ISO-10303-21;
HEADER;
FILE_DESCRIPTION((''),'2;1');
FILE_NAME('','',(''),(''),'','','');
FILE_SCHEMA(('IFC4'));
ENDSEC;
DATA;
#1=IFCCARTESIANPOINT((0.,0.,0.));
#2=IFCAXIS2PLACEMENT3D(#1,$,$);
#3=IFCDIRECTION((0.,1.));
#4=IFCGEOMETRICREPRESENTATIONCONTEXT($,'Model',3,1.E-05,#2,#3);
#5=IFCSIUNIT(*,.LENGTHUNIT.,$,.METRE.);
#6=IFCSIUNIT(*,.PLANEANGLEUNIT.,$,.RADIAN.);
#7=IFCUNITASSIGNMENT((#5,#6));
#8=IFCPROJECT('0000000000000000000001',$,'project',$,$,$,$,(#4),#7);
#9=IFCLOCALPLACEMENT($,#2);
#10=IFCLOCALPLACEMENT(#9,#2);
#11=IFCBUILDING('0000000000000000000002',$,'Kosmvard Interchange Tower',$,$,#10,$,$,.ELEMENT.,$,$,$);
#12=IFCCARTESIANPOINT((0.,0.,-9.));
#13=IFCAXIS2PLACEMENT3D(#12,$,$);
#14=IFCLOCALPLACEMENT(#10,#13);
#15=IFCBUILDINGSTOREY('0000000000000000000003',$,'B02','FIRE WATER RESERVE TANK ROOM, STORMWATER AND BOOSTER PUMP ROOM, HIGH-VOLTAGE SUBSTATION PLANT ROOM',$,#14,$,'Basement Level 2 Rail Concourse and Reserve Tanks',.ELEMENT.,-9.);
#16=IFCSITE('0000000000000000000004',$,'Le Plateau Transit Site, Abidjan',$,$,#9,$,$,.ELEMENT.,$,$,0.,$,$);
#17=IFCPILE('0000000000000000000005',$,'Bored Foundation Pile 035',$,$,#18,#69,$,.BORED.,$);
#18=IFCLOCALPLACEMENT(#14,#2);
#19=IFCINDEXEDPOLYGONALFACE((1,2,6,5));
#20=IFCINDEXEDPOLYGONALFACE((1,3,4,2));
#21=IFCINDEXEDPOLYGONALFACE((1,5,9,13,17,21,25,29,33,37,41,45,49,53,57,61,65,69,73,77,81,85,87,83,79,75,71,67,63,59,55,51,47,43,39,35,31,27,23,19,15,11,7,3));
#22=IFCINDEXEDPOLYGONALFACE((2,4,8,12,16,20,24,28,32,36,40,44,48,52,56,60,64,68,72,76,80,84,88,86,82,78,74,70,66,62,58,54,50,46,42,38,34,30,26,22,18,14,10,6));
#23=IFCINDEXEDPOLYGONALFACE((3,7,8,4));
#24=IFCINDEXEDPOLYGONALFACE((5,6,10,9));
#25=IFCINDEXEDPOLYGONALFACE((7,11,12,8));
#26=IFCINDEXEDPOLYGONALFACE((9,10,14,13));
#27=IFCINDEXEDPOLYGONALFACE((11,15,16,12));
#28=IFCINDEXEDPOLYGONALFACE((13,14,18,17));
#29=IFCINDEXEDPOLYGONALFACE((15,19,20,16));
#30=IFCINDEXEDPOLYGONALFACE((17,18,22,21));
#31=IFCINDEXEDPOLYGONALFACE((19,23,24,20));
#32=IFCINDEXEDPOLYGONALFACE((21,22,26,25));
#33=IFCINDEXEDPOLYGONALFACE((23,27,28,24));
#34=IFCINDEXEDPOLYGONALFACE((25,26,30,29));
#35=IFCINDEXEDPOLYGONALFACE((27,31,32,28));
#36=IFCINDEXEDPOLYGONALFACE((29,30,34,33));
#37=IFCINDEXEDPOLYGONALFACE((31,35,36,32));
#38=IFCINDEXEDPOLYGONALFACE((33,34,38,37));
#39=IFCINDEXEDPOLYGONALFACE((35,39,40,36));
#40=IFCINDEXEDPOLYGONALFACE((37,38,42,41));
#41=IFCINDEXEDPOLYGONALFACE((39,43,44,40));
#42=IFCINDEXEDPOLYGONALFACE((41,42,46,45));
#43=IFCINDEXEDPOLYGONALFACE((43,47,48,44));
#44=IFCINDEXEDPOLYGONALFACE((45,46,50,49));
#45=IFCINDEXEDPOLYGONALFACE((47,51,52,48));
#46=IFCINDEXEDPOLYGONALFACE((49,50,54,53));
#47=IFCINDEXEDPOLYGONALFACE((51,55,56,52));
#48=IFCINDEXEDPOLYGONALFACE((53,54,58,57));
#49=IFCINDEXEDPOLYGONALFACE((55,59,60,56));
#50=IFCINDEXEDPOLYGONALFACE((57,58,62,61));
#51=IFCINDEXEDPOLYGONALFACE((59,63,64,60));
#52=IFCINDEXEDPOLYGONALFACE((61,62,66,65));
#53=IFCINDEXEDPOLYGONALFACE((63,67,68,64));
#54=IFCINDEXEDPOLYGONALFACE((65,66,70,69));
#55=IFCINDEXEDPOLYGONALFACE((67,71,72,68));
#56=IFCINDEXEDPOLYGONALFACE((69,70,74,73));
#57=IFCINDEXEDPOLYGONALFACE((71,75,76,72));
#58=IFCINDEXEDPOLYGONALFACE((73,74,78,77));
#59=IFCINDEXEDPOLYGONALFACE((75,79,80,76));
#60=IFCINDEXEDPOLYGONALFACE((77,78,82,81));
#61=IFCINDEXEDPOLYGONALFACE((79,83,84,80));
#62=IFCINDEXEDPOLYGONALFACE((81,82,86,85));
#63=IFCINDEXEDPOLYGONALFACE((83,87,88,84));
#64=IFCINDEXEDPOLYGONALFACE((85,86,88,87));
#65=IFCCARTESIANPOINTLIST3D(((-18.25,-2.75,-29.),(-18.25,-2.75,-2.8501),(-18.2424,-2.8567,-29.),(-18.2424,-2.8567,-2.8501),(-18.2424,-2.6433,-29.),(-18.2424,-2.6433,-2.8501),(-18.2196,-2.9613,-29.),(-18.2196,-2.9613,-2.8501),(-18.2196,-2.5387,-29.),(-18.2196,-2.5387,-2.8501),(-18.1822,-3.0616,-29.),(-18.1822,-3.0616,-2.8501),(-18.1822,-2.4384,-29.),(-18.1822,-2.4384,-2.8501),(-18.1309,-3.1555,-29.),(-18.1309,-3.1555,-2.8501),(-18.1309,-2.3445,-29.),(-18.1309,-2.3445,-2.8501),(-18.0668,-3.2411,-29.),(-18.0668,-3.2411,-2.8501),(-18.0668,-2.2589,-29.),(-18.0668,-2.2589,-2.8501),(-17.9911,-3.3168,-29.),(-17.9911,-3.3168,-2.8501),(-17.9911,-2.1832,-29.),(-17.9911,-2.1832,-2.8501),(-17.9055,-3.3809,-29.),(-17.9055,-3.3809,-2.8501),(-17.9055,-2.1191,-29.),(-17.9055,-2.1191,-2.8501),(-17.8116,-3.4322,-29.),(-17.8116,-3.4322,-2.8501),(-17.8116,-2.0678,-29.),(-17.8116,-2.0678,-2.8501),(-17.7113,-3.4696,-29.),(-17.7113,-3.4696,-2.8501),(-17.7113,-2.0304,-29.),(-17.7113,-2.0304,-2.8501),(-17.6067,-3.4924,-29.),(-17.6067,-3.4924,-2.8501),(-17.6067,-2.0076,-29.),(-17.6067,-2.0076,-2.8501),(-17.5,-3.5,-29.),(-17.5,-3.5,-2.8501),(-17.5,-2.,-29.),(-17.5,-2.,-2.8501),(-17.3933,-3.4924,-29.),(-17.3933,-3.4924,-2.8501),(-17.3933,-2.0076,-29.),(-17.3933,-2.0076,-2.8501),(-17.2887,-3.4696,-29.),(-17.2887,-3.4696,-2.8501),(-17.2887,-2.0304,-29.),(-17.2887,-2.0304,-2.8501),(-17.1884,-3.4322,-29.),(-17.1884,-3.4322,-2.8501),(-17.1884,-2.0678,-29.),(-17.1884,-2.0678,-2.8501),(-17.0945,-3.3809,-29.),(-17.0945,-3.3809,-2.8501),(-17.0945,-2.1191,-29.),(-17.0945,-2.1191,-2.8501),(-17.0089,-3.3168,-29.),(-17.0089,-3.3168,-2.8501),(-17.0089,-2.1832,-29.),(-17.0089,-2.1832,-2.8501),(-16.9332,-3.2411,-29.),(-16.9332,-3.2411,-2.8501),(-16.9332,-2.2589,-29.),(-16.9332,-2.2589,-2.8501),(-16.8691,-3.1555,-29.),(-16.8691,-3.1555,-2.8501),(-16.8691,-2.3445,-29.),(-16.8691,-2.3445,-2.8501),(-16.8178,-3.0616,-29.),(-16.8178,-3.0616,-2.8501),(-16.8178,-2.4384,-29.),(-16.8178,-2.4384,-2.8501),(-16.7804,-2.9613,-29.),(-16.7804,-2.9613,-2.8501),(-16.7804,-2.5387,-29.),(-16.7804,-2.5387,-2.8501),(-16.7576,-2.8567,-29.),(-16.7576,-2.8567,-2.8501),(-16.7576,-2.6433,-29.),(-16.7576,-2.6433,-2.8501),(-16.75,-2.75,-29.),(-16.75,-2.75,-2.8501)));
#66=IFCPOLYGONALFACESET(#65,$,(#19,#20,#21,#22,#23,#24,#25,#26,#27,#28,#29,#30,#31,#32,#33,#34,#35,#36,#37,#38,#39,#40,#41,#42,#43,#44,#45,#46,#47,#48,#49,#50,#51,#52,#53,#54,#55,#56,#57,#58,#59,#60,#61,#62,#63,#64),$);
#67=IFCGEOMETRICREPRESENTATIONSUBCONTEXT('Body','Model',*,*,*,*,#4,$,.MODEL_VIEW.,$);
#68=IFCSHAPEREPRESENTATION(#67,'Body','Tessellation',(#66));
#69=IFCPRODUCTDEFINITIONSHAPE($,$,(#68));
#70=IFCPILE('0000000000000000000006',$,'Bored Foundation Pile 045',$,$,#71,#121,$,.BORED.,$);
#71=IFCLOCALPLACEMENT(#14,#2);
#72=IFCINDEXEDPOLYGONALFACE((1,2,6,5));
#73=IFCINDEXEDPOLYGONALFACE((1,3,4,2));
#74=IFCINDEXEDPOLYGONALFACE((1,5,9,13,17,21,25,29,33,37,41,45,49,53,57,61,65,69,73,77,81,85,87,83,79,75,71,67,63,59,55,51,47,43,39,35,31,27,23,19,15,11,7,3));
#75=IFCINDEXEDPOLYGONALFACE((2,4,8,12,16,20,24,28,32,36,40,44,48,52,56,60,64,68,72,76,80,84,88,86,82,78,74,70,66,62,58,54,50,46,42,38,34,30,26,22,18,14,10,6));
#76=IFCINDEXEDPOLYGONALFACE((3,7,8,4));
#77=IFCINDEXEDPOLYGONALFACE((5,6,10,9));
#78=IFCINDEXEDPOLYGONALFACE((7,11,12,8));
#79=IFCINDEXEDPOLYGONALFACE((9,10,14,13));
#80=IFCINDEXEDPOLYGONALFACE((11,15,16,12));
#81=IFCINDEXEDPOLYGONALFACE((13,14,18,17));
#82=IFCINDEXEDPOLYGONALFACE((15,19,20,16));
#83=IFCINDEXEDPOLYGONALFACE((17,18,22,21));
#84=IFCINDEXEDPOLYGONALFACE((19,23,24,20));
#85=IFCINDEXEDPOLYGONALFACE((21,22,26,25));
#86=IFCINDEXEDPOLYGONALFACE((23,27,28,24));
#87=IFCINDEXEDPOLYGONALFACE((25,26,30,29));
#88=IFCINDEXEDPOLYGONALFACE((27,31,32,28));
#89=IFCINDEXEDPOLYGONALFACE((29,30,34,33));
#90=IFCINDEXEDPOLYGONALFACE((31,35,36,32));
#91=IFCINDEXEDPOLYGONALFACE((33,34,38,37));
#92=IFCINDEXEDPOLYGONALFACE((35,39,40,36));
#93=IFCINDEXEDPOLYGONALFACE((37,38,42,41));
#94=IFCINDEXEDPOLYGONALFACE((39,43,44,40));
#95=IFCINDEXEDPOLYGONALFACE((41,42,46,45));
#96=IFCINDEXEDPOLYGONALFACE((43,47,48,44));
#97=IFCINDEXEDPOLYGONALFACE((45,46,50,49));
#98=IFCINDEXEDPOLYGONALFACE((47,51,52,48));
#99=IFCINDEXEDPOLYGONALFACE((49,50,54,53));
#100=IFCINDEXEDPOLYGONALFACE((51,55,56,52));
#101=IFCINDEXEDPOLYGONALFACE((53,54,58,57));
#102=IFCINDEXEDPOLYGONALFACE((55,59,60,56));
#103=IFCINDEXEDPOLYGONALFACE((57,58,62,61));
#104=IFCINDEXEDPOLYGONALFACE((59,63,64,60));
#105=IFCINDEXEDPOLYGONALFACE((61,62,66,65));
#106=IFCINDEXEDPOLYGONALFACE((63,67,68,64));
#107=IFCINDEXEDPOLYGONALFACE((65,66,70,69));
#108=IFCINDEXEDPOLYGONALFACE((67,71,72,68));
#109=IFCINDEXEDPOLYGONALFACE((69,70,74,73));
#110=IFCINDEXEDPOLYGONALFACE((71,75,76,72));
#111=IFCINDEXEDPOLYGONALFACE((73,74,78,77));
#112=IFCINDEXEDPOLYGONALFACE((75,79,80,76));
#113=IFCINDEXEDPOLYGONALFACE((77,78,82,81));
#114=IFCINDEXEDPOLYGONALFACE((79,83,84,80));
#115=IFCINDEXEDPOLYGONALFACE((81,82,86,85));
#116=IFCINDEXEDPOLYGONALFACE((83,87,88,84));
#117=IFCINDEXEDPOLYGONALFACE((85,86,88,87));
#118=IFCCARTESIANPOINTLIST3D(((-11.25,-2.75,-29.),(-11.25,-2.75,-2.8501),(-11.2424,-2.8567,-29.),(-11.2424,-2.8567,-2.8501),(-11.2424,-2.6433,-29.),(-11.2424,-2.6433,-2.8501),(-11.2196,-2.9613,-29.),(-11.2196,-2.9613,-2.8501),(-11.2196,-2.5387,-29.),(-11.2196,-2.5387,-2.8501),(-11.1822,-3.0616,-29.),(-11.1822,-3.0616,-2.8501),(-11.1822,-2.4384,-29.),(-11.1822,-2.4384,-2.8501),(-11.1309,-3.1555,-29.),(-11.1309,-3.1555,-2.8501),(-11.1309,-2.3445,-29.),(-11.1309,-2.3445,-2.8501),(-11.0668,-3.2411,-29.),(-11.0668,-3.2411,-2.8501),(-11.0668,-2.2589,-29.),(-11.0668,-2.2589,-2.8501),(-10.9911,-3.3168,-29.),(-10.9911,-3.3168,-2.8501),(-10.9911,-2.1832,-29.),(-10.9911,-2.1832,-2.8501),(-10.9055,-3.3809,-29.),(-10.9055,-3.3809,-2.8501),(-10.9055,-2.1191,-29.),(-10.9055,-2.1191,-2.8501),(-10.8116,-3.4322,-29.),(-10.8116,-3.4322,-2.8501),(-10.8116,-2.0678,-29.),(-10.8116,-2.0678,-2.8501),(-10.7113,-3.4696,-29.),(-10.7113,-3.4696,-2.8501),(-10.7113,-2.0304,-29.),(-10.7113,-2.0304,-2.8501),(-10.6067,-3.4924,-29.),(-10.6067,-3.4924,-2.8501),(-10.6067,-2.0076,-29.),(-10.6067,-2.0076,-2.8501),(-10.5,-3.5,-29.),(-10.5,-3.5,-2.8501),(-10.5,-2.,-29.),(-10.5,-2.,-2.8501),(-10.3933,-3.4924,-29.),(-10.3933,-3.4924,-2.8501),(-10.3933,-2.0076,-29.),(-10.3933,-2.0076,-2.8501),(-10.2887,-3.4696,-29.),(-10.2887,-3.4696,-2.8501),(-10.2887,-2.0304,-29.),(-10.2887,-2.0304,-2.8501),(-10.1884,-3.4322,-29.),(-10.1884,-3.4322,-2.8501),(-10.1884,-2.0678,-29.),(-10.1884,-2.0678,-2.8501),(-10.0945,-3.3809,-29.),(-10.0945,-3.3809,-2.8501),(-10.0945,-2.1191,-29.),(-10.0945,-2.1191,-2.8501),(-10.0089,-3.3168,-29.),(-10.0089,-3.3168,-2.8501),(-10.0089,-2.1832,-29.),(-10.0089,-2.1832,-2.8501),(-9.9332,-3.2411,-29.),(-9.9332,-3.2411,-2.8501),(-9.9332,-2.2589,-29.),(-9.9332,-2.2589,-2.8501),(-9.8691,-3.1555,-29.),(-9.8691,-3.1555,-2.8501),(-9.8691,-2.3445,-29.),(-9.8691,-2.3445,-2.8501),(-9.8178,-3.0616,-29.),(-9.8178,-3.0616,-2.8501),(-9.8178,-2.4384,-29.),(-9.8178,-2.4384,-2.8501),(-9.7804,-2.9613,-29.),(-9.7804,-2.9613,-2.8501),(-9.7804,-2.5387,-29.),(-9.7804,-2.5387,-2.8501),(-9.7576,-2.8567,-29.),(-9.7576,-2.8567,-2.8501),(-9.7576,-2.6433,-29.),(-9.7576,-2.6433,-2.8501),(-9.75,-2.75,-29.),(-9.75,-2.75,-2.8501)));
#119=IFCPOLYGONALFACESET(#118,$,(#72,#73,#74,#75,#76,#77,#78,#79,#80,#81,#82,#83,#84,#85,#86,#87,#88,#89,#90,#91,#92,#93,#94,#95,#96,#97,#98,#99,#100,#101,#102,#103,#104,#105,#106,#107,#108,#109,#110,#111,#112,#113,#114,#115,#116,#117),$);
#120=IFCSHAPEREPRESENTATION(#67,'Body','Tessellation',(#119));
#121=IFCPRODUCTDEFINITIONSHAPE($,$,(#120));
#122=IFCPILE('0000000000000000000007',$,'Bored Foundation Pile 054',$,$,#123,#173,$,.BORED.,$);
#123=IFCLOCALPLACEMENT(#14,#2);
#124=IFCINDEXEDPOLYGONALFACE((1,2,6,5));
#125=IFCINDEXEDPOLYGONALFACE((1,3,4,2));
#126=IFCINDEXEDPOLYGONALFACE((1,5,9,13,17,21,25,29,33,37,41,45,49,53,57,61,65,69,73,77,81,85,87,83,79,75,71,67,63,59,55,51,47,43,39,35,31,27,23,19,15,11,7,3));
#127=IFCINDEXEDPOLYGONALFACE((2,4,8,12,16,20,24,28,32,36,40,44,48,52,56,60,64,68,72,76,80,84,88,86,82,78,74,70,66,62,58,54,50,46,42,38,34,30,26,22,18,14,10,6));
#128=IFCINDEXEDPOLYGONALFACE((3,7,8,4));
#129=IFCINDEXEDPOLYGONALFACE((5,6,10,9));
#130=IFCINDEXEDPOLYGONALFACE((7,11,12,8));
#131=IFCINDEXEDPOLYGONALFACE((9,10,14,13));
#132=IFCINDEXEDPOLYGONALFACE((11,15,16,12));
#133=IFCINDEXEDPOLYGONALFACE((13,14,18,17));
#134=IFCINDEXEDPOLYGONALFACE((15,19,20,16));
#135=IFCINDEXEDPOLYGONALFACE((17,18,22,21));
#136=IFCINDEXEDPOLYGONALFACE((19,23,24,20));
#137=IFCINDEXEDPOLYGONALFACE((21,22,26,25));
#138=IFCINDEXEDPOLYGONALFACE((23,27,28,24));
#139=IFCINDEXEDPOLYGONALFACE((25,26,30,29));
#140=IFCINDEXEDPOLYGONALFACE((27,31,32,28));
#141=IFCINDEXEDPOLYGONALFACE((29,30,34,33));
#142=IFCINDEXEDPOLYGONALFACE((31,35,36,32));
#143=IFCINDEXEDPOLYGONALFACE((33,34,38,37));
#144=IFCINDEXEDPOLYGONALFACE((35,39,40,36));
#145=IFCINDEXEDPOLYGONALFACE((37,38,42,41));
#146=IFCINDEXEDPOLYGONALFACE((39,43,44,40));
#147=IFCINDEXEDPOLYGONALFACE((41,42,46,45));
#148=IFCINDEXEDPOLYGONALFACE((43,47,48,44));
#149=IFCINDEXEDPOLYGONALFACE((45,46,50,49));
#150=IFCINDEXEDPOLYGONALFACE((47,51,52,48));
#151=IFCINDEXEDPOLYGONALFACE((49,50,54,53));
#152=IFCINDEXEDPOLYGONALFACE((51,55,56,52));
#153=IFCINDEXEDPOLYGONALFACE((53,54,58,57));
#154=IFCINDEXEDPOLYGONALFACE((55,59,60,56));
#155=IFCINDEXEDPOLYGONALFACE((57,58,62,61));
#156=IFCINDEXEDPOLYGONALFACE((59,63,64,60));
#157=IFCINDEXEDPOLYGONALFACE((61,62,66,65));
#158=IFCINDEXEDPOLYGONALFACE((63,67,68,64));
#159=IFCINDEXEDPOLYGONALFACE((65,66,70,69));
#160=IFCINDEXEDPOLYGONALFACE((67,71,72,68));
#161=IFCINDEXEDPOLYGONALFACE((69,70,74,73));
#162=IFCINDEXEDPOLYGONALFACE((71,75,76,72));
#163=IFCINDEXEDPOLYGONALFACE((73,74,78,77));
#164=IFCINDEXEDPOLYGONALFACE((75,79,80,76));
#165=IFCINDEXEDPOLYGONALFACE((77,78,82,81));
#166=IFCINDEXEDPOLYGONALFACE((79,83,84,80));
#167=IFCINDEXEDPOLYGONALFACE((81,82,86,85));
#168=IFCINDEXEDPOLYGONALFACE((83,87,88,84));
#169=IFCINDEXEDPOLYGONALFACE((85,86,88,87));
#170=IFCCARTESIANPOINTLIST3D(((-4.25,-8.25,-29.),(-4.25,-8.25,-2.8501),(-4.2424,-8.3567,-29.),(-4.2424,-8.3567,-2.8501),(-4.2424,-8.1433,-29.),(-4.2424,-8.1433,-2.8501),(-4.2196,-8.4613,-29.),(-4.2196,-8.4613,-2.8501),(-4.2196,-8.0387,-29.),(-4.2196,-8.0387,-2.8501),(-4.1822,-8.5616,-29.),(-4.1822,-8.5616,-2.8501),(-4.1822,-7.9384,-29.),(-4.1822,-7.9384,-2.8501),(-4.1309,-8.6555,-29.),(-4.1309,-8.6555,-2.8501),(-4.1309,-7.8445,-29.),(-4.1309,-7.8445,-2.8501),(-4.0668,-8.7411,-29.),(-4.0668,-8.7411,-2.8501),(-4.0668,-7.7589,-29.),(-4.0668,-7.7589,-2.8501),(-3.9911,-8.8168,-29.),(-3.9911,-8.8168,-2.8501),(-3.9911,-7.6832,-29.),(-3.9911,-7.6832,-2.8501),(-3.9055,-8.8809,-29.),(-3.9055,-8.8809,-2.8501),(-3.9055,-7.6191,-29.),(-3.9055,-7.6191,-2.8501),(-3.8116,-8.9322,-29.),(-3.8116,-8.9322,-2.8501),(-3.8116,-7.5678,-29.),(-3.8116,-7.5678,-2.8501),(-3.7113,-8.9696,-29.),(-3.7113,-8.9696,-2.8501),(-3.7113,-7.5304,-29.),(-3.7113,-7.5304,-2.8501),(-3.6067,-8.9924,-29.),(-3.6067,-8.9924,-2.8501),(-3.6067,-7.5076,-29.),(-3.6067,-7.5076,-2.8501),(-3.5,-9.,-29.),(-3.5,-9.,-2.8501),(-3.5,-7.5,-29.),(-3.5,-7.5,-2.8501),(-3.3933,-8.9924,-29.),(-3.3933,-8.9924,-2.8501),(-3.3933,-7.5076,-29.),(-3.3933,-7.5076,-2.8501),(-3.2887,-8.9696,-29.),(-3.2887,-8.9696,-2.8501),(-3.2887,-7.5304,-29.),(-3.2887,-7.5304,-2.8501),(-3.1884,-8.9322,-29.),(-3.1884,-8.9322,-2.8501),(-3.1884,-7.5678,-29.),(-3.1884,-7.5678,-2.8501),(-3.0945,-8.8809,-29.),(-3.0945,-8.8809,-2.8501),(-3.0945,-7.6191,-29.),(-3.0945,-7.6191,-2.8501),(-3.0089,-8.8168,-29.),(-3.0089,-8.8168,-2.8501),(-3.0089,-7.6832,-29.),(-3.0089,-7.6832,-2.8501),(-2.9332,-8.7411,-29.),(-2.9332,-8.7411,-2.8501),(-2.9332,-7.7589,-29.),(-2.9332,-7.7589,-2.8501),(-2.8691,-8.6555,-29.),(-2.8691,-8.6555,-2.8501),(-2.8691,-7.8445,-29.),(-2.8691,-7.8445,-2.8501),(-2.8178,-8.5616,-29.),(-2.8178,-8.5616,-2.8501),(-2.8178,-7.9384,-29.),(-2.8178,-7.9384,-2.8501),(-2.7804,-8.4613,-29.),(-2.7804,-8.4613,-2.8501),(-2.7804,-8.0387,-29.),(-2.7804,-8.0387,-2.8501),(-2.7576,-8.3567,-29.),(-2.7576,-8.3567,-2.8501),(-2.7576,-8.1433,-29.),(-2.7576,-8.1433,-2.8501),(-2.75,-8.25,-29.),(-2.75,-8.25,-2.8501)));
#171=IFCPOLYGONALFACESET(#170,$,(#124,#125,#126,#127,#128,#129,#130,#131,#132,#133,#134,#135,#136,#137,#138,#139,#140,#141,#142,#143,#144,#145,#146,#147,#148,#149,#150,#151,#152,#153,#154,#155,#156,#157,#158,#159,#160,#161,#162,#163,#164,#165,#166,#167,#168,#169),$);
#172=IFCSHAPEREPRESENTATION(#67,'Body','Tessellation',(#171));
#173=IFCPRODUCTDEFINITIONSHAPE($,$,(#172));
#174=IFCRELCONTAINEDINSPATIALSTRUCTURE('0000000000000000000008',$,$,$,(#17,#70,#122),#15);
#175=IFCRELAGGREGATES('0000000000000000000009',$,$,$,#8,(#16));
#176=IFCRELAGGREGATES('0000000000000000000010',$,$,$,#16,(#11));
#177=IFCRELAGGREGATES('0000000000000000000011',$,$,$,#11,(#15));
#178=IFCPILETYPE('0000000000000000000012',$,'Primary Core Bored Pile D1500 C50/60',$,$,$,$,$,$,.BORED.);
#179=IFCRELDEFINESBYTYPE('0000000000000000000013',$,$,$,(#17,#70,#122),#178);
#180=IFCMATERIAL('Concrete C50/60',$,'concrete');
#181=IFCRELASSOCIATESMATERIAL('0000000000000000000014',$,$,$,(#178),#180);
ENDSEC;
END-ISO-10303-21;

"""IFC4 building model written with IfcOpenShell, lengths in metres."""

from ifc_helpers import new_model, si_unit, direction, frame, origin, origin_2d, place, context, subcontext, project, spatial, circle, extrude, source, transform, mapped, material, material_profile, profile_set, type_object, element, save


model = new_model("IFC4")

# Units and contexts
model_context = context("Model", 3, precision=1e-05, world=origin(), true_north=direction((0.0, 1.0)))
body_context = subcontext(model_context, "Body", "Model", "MODEL_VIEW")
ifc_project = project(units=[si_unit("LENGTHUNIT", "METRE"), si_unit("PLANEANGLEUNIT", "RADIAN")], contexts=[model_context])

# Site, building, storey
site_placement = place(None, origin())
site = spatial("IfcSite", under=ifc_project, at=site_placement, Name="Le Plateau Transit Site, Abidjan", CompositionType="ELEMENT", RefElevation=0.0)
building_placement = place(site_placement, origin())
building = spatial("IfcBuilding", under=site, at=building_placement, Name="Kosmvard Interchange Tower", CompositionType="ELEMENT")
storey_placement = place(building_placement, frame((0.0, 0.0, -9.0)))
storey = spatial("IfcBuildingStorey", under=building, at=storey_placement, Name="B02", Description="FIRE WATER RESERVE TANK ROOM, STORMWATER AND BOOSTER PUMP ROOM, HIGH-VOLTAGE SUBSTATION PLANT ROOM", LongName="Basement Level 2 Rail Concourse and Reserve Tanks", CompositionType="ELEMENT", Elevation=-9.0)

# Piles
ifc_material_1 = material(Name="Concrete C50/60", Category="concrete")
ifc_material_profile_1 = material_profile(ifc_material_1, circle(Radius=0.75, at=origin_2d()), Name="PILE D1500")
ifc_profile_set_1 = profile_set([ifc_material_profile_1], Name="Concrete C50/60")
pile_type = type_object("IfcPileType", Name="Primary Core Bored Pile D1500 C50/60", PredefinedType="BORED", material=ifc_profile_set_1)
shared_shape_1 = source(origin(), body_context, "Body", "SweptSolid", [
    extrude(circle(Radius=0.75, at=origin_2d()), origin(), (0.0, 0.0, 1.0), 26.1499),
])
for number, where, z_axis, x_axis, name in (
    (1, (-17.5, -2.75, -2.8501), (0.0, 0.0, -1.0), (1.0, 0.0, 0.0), "Bored Foundation Pile 035"),
    (2, (-10.5, -2.75, -2.8501), (0.0, 0.0, -1.0), (1.0, 0.0, 0.0), "Bored Foundation Pile 045"),
    (3, (-3.5, -8.25, -2.8501), (0.0, 0.0, -1.0), (1.0, 0.0, 0.0), "Bored Foundation Pile 054"),
):
    element("IfcPile", number, at=place(storey_placement, frame(where, z_axis=z_axis, x_axis=x_axis)), inside=storey, type_object=pile_type, Name=name, PredefinedType="BORED", context=body_context, shape_type="MappedRepresentation", body=[
        mapped(shared_shape_1, transform((0.0, 0.0, 0.0), scale=1.0)),
    ])

save(model, "model.ifc")
